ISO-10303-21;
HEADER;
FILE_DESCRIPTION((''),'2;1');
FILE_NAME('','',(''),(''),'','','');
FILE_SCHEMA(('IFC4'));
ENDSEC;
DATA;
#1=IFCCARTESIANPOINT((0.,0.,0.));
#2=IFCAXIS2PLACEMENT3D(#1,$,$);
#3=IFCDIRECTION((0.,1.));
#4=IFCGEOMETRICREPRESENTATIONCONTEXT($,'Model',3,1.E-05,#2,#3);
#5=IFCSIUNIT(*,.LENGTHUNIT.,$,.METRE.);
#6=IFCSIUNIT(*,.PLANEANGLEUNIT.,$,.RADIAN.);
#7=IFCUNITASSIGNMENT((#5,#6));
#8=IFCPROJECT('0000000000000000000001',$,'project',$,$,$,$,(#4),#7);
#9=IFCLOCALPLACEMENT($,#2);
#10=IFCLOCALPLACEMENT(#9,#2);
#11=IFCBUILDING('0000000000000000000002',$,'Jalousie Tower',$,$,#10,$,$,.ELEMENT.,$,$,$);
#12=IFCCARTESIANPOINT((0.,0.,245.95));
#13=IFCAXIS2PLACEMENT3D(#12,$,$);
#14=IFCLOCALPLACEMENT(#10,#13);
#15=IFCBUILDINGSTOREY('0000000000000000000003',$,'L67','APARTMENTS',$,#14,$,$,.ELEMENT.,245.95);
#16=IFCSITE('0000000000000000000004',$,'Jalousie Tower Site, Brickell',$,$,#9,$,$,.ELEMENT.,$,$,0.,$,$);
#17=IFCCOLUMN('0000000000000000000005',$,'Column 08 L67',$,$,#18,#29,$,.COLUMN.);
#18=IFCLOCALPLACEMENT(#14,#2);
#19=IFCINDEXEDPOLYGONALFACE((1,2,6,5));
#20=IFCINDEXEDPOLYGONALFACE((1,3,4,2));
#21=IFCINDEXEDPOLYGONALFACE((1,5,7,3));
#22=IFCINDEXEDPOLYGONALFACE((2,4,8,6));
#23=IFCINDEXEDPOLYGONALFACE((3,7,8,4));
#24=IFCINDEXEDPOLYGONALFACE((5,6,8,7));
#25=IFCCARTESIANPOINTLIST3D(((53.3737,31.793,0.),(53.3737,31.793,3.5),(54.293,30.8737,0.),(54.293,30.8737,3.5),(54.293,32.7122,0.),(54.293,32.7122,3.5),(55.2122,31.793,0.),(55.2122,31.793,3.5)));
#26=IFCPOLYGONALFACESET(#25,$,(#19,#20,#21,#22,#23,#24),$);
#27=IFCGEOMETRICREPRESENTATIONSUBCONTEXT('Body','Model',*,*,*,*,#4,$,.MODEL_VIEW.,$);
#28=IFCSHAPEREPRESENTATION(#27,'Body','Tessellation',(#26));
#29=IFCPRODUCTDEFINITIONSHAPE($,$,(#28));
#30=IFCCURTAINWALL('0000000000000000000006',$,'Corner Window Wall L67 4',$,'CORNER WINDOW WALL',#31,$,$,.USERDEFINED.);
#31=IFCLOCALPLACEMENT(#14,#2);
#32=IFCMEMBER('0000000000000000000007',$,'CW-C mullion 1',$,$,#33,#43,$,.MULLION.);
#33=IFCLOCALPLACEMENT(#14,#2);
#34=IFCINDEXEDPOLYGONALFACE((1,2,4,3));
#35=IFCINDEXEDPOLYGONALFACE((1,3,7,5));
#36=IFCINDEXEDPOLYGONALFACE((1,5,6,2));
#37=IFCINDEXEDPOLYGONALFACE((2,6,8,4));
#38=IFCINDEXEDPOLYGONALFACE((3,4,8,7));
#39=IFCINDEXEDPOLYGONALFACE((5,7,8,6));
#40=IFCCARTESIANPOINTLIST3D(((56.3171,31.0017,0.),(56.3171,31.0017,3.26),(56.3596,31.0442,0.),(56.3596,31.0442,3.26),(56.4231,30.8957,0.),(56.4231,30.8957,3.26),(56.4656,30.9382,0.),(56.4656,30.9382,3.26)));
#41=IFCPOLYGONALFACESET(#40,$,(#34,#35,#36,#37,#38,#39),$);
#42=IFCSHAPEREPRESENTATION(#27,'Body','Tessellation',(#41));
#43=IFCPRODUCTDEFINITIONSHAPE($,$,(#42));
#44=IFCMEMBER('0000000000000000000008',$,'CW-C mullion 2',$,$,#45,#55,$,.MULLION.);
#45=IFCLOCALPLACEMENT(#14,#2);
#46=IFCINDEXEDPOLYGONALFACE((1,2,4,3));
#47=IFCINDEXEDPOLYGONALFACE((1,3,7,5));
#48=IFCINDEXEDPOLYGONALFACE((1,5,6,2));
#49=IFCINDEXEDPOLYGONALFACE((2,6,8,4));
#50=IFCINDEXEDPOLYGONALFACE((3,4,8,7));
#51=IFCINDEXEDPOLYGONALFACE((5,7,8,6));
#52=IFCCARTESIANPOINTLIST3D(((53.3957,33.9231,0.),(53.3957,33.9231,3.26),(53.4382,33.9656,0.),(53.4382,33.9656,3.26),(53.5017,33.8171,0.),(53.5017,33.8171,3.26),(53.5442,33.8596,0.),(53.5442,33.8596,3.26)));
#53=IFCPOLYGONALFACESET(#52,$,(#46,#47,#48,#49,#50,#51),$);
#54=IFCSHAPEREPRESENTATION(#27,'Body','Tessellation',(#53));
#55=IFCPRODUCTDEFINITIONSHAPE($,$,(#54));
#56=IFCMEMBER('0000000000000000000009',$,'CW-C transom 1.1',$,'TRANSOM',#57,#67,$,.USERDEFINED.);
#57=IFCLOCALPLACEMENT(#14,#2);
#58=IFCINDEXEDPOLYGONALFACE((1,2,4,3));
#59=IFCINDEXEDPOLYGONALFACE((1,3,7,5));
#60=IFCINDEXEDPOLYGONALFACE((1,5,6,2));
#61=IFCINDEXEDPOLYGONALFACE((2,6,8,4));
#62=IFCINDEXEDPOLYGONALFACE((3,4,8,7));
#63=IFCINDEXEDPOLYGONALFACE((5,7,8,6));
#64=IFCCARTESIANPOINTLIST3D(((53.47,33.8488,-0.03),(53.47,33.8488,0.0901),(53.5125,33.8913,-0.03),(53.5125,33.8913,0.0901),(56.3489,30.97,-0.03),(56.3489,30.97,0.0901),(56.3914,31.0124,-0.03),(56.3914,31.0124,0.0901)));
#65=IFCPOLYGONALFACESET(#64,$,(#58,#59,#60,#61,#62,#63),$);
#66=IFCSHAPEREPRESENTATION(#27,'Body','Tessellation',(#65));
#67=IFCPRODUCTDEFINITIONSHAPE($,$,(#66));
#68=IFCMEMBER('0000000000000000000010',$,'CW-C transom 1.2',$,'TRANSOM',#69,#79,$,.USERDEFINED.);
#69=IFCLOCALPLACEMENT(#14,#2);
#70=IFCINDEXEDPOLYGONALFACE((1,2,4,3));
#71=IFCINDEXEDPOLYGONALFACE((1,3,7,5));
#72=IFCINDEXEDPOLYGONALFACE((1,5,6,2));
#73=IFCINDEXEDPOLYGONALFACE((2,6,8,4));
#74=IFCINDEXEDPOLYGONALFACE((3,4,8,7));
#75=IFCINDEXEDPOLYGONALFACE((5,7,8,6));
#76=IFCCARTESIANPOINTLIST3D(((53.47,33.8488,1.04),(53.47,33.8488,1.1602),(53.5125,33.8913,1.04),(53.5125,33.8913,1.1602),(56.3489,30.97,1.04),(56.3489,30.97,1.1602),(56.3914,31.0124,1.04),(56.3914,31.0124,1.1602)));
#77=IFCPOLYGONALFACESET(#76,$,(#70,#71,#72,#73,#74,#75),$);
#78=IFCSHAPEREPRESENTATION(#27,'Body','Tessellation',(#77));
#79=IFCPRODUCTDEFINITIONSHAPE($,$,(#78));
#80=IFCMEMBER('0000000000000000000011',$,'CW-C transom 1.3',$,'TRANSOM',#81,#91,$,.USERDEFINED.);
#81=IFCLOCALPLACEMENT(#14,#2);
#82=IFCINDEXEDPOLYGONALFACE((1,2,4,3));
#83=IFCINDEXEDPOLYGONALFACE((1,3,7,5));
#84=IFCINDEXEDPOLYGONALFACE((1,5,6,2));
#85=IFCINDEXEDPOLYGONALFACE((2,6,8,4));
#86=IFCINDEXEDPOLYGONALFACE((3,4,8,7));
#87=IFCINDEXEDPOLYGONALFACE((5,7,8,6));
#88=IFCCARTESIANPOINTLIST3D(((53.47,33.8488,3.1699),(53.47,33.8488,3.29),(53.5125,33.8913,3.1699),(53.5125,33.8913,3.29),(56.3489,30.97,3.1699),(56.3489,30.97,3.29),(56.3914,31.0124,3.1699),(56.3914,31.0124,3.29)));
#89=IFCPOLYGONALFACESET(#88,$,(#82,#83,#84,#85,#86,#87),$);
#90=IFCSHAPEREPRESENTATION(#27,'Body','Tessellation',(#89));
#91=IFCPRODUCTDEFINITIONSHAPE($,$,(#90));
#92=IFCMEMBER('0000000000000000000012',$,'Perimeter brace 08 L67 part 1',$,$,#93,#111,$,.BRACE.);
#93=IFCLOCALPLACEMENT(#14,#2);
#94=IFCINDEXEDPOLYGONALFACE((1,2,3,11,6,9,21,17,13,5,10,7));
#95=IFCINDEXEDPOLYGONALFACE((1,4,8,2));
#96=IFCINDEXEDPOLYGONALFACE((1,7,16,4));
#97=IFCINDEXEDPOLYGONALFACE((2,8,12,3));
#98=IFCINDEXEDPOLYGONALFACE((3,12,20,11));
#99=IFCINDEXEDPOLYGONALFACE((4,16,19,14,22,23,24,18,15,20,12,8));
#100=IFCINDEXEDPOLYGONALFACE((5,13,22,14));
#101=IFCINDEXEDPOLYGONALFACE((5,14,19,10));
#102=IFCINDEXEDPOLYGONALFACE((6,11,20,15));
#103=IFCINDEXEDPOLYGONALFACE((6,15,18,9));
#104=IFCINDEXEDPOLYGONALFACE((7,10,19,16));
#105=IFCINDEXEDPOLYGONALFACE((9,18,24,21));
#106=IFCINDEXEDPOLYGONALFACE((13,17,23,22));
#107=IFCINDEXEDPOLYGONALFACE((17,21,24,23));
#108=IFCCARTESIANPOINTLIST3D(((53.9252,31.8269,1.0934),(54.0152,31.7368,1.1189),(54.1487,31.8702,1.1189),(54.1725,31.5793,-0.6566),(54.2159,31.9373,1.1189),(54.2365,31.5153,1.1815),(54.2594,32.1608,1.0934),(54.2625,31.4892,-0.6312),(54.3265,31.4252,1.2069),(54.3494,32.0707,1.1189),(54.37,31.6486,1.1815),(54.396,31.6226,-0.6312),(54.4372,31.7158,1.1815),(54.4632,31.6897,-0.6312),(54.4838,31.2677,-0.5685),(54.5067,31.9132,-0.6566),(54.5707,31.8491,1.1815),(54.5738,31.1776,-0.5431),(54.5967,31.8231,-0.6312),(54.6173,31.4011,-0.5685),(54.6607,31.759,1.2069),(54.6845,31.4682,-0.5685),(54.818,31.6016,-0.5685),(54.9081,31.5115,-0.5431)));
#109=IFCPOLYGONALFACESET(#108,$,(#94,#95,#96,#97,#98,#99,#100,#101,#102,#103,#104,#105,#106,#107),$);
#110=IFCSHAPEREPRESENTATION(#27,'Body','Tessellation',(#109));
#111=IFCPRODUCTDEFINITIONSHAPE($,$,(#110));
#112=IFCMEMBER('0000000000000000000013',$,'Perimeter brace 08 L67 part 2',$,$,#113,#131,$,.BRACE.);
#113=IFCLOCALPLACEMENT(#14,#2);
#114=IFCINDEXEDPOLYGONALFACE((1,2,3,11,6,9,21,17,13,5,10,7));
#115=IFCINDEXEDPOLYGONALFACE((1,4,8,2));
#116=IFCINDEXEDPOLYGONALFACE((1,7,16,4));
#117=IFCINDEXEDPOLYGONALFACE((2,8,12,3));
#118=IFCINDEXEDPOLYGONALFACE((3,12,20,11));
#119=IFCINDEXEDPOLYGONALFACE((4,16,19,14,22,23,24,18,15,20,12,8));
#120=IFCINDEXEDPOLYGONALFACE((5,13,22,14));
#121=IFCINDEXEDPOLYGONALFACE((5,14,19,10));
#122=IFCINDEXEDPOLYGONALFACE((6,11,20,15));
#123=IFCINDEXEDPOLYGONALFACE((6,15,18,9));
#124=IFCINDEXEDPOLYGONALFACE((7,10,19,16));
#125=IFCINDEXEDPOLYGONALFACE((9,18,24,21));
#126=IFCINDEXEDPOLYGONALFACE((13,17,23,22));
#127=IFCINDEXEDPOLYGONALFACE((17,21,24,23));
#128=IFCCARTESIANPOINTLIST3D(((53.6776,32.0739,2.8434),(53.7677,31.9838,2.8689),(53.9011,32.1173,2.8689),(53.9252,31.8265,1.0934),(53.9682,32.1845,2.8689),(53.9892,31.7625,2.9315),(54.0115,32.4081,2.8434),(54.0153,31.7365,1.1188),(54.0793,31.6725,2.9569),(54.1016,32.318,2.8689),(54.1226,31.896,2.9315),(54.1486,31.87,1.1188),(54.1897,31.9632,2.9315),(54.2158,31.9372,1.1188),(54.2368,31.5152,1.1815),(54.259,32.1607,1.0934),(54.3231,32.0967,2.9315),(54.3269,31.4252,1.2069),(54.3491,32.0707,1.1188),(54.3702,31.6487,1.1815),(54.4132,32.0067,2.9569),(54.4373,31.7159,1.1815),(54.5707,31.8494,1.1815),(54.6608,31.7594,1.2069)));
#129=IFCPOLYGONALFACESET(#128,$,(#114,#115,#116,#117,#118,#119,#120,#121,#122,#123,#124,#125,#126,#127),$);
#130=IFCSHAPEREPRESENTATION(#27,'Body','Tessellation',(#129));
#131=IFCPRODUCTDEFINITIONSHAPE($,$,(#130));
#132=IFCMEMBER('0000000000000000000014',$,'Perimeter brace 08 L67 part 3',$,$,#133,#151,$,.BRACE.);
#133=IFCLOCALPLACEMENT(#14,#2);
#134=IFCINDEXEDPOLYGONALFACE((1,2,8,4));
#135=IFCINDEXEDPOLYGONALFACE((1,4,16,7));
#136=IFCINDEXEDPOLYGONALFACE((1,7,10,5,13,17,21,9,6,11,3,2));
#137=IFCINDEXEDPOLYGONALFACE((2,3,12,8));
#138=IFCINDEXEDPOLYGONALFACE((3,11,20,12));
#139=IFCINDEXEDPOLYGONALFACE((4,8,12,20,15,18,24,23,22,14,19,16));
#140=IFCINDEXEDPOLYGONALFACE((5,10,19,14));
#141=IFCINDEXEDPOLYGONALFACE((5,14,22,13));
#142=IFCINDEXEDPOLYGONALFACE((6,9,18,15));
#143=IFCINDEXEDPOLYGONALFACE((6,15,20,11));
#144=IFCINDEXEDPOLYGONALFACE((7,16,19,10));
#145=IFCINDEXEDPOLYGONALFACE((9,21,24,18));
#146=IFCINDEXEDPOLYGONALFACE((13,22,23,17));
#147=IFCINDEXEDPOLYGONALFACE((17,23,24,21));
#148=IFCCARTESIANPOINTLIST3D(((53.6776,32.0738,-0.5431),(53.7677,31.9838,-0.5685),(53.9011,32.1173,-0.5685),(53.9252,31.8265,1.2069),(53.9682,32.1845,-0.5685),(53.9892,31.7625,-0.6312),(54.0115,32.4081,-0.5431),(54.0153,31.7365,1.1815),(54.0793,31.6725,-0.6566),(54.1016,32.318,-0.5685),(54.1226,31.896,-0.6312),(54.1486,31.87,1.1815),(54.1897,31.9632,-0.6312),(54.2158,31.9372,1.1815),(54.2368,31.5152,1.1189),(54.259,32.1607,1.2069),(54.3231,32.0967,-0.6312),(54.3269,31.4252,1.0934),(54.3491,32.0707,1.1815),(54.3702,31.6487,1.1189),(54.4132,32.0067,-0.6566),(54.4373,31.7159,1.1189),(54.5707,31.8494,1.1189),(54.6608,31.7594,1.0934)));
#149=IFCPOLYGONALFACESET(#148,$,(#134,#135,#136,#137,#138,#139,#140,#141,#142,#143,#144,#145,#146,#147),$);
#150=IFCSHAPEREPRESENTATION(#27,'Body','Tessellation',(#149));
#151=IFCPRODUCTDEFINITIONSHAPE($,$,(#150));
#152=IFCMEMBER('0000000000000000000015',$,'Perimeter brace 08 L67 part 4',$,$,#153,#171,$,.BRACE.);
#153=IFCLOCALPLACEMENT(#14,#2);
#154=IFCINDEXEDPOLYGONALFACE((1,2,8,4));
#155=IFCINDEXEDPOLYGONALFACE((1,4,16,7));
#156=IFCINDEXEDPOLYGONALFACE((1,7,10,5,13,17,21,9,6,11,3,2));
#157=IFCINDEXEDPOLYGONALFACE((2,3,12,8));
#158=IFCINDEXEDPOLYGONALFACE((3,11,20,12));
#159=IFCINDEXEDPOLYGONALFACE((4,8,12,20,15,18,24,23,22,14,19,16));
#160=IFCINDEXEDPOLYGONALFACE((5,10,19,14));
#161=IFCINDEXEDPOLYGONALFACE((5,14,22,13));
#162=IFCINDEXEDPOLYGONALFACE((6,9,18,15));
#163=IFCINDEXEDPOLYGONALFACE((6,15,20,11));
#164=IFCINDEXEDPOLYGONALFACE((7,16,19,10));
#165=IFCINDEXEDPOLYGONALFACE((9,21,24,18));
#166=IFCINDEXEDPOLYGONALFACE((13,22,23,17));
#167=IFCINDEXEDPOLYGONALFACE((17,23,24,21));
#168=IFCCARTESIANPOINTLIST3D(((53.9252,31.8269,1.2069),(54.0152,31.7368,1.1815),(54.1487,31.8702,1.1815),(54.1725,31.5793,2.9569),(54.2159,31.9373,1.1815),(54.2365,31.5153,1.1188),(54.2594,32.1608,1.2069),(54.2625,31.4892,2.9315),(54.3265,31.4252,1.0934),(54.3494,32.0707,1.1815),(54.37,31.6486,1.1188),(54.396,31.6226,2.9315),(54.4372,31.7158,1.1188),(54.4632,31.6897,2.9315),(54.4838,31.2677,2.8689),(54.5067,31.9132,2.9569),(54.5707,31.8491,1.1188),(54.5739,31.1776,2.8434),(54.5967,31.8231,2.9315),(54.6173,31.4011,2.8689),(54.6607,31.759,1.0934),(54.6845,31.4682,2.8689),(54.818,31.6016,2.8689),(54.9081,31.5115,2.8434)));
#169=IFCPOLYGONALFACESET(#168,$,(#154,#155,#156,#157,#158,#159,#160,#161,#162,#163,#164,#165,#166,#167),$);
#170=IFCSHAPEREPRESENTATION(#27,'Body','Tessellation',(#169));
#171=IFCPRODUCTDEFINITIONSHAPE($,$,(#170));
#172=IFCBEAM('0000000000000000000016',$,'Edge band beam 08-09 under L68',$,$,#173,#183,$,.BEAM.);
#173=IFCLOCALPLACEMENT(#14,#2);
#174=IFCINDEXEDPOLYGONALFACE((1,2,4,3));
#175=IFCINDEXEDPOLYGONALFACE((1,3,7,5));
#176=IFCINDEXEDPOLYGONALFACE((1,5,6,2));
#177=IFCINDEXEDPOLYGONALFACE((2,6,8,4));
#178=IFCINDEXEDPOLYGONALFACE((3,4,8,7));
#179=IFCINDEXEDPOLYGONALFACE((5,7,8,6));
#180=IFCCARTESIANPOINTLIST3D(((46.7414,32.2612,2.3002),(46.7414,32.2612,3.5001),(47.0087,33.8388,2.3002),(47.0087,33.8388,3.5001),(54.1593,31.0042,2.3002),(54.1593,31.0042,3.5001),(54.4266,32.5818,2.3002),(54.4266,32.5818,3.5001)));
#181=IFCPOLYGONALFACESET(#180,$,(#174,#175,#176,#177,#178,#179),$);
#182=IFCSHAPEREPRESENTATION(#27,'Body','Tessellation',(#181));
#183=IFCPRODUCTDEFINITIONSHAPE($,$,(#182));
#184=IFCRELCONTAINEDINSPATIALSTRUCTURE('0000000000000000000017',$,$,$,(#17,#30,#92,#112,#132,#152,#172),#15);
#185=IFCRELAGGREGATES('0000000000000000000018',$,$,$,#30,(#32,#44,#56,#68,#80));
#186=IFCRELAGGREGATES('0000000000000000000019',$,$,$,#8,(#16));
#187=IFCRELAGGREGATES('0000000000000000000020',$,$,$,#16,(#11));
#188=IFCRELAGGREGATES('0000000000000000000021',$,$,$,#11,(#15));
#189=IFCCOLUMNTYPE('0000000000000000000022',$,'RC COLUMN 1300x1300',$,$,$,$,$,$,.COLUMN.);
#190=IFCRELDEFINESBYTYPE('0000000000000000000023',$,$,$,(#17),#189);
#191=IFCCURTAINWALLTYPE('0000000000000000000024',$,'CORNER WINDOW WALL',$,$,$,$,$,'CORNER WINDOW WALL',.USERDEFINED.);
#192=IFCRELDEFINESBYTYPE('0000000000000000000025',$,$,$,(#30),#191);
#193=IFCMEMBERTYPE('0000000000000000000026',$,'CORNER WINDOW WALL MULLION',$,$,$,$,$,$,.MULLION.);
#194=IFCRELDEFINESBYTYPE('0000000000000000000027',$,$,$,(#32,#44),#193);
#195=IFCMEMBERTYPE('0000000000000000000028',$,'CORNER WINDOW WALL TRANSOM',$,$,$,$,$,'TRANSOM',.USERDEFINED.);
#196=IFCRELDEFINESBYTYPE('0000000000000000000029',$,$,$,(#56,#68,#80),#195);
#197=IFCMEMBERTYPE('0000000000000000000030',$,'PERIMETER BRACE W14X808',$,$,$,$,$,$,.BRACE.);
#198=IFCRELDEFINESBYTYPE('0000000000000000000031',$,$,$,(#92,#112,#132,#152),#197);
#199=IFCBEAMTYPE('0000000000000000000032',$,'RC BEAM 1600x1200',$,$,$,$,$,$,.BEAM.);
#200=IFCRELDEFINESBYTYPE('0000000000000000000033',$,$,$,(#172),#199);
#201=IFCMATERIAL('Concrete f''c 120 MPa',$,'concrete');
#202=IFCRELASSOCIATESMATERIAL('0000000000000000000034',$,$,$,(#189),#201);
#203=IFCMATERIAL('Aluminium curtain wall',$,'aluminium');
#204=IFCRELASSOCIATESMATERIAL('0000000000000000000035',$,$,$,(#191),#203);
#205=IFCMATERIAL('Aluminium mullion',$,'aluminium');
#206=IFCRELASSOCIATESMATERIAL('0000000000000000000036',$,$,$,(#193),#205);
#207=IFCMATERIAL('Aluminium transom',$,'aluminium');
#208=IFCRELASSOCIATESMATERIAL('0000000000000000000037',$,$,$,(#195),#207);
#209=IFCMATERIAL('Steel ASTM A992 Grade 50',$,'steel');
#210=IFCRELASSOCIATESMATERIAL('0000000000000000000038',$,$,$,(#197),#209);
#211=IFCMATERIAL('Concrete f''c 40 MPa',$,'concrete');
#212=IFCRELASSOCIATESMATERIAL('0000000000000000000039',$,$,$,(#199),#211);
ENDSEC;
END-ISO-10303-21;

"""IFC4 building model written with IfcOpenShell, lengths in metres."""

from ifc_helpers import new_model, si_unit, direction, frame, origin, origin_2d, place, context, subcontext, project, spatial, rectangle, i_section, extrude, material, material_profile, profile_set, type_object, element, aggregate, save


model = new_model("IFC4")

# Units and contexts
model_context = context("Model", 3, precision=1e-05, world=origin(), true_north=direction((0.0, 1.0)))
body_context = subcontext(model_context, "Body", "Model", "MODEL_VIEW")
ifc_project = project(units=[si_unit("LENGTHUNIT", "METRE"), si_unit("PLANEANGLEUNIT", "RADIAN")], contexts=[model_context])

# Site, building, storey
site_placement = place(None, origin())
site = spatial("IfcSite", under=ifc_project, at=site_placement, Name="Jalousie Tower Site, Brickell", CompositionType="ELEMENT", RefElevation=0.0)
building_placement = place(site_placement, origin())
building = spatial("IfcBuilding", under=site, at=building_placement, Name="Jalousie Tower", CompositionType="ELEMENT")
storey_placement = place(building_placement, frame((0.0, 0.0, 245.95)))
storey = spatial("IfcBuildingStorey", under=building, at=storey_placement, Name="L67", Description="APARTMENTS", CompositionType="ELEMENT", Elevation=245.95)

# Column
ifc_material_1 = material(Name="Concrete f'c 120 MPa", Category="concrete")
ifc_material_profile_1 = material_profile(ifc_material_1, rectangle(XDim=1.3, YDim=1.3, at=origin_2d()), Name="RC 1300x1300")
ifc_profile_set_1 = profile_set([ifc_material_profile_1], Name="Concrete f'c 120 MPa")
column_type = type_object("IfcColumnType", Name="RC COLUMN 1300x1300", PredefinedType="COLUMN", material=ifc_profile_set_1)
column_placement = place(storey_placement, frame((54.293, 31.793, 0.0), z_axis=(0.0, 0.0, 1.0), x_axis=(0.707107, 0.707107, 0.0)))
element("IfcColumn", 1, at=column_placement, inside=storey, type_object=column_type, Name="Column 08 L67", PredefinedType="COLUMN", context=body_context, shape_type="SweptSolid", body=[
    extrude(rectangle(XDim=1.3, YDim=1.3, at=origin_2d()), origin(), (0.0, 0.0, 1.0), 3.5),
])

# Curtain wall, members
ifc_material_2 = material(Name="Aluminium curtain wall", Category="aluminium")
curtain_wall_type_1 = type_object("IfcCurtainWallType", Name="CORNER WINDOW WALL", ElementType="CORNER WINDOW WALL", PredefinedType="USERDEFINED", material=ifc_material_2)
curtain_wall_1_placement = place(storey_placement, origin())
curtain_wall_1 = element("IfcCurtainWall", 2, at=curtain_wall_1_placement, inside=storey, type_object=curtain_wall_type_1, Name="Corner Window Wall L67 4", ObjectType="CORNER WINDOW WALL", PredefinedType="USERDEFINED")
ifc_material_3 = material(Name="Aluminium mullion", Category="aluminium")
ifc_material_profile_2 = material_profile(ifc_material_3, rectangle(XDim=0.0601, YDim=0.1499, at=origin_2d()), Name="MULLION 60x150")
ifc_profile_set_2 = profile_set([ifc_material_profile_2], Name="Aluminium mullion")
member_type_1 = type_object("IfcMemberType", Name="CORNER WINDOW WALL MULLION", PredefinedType="MULLION", material=ifc_profile_set_2)
member_1_placement = place(storey_placement, frame((56.3914, 30.97, 0.0), z_axis=(0.0, 0.0, 1.0), x_axis=(-0.707107, -0.707107, 0.0)))
member_1 = element("IfcMember", 3, at=member_1_placement, type_object=member_type_1, Name="CW-C mullion 1", PredefinedType="MULLION", context=body_context, shape_type="SweptSolid", body=[
    extrude(rectangle(XDim=0.0601, YDim=0.1499, at=origin_2d()), origin(), (0.0, 0.0, 1.0), 3.26),
])
member_2_placement = place(storey_placement, frame((53.47, 33.8914, 0.0), z_axis=(0.0, 0.0, 1.0), x_axis=(-0.707107, -0.707107, 0.0)))
member_2 = element("IfcMember", 4, at=member_2_placement, type_object=member_type_1, Name="CW-C mullion 2", PredefinedType="MULLION", context=body_context, shape_type="SweptSolid", body=[
    extrude(rectangle(XDim=0.0601, YDim=0.1499, at=origin_2d()), origin(), (0.0, 0.0, 1.0), 3.26),
])
ifc_material_4 = material(Name="Aluminium transom", Category="aluminium")
ifc_material_profile_3 = material_profile(ifc_material_4, rectangle(XDim=0.0601, YDim=0.1201, at=origin_2d()), Name="TRANSOM 60x120")
ifc_profile_set_3 = profile_set([ifc_material_profile_3], Name="Aluminium transom")
member_type_2 = type_object("IfcMemberType", Name="CORNER WINDOW WALL TRANSOM", ElementType="TRANSOM", PredefinedType="USERDEFINED", material=ifc_profile_set_3)
member_3_placement = place(storey_placement, frame((56.3701, 30.9912, 0.03), z_axis=(-0.707107, 0.707107, 0.0), x_axis=(-0.707107, -0.707107, 0.0)))
member_3 = element("IfcMember", 5, at=member_3_placement, type_object=member_type_2, Name="CW-C transom 1.1", ObjectType="TRANSOM", PredefinedType="USERDEFINED", context=body_context, shape_type="SweptSolid", body=[
    extrude(rectangle(XDim=0.0601, YDim=0.1201, at=origin_2d()), origin(), (0.0, 0.0, 1.0), 4.0713),
])
member_4_placement = place(storey_placement, frame((56.3701, 30.9912, 1.1001), z_axis=(-0.707107, 0.707107, 0.0), x_axis=(-0.707107, -0.707107, 0.0)))
member_4 = element("IfcMember", 6, at=member_4_placement, type_object=member_type_2, Name="CW-C transom 1.2", ObjectType="TRANSOM", PredefinedType="USERDEFINED", context=body_context, shape_type="SweptSolid", body=[
    extrude(rectangle(XDim=0.0601, YDim=0.1201, at=origin_2d()), origin(), (0.0, 0.0, 1.0), 4.0713),
])
member_5_placement = place(storey_placement, frame((56.3701, 30.9912, 3.23), z_axis=(-0.707107, 0.707107, 0.0), x_axis=(-0.707107, -0.707107, 0.0)))
member_5 = element("IfcMember", 7, at=member_5_placement, type_object=member_type_2, Name="CW-C transom 1.3", ObjectType="TRANSOM", PredefinedType="USERDEFINED", context=body_context, shape_type="SweptSolid", body=[
    extrude(rectangle(XDim=0.0601, YDim=0.1201, at=origin_2d()), origin(), (0.0, 0.0, 1.0), 4.0713),
])

# Members
ifc_material_5 = material(Name="Steel ASTM A992 Grade 50", Category="steel")
ifc_material_profile_4 = material_profile(ifc_material_5, i_section(OverallWidth=0.4724, OverallDepth=0.5791, WebThickness=0.095, FlangeThickness=0.1299, at=origin_2d()), Name="W14X808")
ifc_profile_set_4 = profile_set([ifc_material_profile_4], Name="Steel ASTM A992 Grade 50")
member_type_3 = type_object("IfcMemberType", Name="PERIMETER BRACE W14X808", PredefinedType="BRACE", material=ifc_profile_set_4)
for number, where, z_axis, x_axis, name in (
    (8, (54.5403, 31.5454, -0.5999), (-0.138579, 0.138716, 0.980588), (-0.707456, -0.706758, 0.0), "Perimeter brace 08 L67 part 1"),
    (9, (54.293, 31.793, 1.1501), (-0.138716, 0.138579, 0.980588), (-0.706758, -0.707456, 0.0), "Perimeter brace 08 L67 part 2"),
    (10, (54.0454, 32.0403, -0.5999), (0.138716, -0.138579, 0.980588), (0.706758, 0.707456, 0.0), "Perimeter brace 08 L67 part 3"),
    (11, (54.293, 31.793, 1.1501), (0.138579, -0.138716, 0.980588), (0.707456, 0.706758, 0.0), "Perimeter brace 08 L67 part 4"),
):
    element("IfcMember", number, at=place(storey_placement, frame(where, z_axis=z_axis, x_axis=x_axis)), inside=storey, type_object=member_type_3, Name=name, PredefinedType="BRACE", context=body_context, shape_type="SweptSolid", body=[
        extrude(i_section(OverallWidth=0.4724, OverallDepth=0.5791, WebThickness=0.095, FlangeThickness=0.1299, at=origin_2d()), origin(), (0.0, 0.0, 1.0), 1.7847),
    ])

# Beam
ifc_material_6 = material(Name="Concrete f'c 40 MPa", Category="concrete")
ifc_material_profile_5 = material_profile(ifc_material_6, rectangle(XDim=1.6001, YDim=1.2, at=origin_2d()), Name="RC 1600x1200")
ifc_profile_set_5 = profile_set([ifc_material_profile_5], Name="Concrete f'c 40 MPa")
beam_type = type_object("IfcBeamType", Name="RC BEAM 1600x1200", PredefinedType="BEAM", material=ifc_profile_set_5)
beam_placement = place(storey_placement, frame((54.293, 31.793, 2.9001), z_axis=(-0.985943, 0.167082, 0.0), x_axis=(-0.167082, -0.985943, 0.0)))
element("IfcBeam", 12, at=beam_placement, inside=storey, type_object=beam_type, Name="Edge band beam 08-09 under L68", PredefinedType="BEAM", context=body_context, shape_type="SweptSolid", body=[
    extrude(rectangle(XDim=1.6001, YDim=1.2, at=origin_2d()), origin(), (0.0, 0.0, 1.0), 7.5237),
])

aggregate(curtain_wall_1, [member_1, member_2, member_3, member_4, member_5])

save(model, "model.ifc")
